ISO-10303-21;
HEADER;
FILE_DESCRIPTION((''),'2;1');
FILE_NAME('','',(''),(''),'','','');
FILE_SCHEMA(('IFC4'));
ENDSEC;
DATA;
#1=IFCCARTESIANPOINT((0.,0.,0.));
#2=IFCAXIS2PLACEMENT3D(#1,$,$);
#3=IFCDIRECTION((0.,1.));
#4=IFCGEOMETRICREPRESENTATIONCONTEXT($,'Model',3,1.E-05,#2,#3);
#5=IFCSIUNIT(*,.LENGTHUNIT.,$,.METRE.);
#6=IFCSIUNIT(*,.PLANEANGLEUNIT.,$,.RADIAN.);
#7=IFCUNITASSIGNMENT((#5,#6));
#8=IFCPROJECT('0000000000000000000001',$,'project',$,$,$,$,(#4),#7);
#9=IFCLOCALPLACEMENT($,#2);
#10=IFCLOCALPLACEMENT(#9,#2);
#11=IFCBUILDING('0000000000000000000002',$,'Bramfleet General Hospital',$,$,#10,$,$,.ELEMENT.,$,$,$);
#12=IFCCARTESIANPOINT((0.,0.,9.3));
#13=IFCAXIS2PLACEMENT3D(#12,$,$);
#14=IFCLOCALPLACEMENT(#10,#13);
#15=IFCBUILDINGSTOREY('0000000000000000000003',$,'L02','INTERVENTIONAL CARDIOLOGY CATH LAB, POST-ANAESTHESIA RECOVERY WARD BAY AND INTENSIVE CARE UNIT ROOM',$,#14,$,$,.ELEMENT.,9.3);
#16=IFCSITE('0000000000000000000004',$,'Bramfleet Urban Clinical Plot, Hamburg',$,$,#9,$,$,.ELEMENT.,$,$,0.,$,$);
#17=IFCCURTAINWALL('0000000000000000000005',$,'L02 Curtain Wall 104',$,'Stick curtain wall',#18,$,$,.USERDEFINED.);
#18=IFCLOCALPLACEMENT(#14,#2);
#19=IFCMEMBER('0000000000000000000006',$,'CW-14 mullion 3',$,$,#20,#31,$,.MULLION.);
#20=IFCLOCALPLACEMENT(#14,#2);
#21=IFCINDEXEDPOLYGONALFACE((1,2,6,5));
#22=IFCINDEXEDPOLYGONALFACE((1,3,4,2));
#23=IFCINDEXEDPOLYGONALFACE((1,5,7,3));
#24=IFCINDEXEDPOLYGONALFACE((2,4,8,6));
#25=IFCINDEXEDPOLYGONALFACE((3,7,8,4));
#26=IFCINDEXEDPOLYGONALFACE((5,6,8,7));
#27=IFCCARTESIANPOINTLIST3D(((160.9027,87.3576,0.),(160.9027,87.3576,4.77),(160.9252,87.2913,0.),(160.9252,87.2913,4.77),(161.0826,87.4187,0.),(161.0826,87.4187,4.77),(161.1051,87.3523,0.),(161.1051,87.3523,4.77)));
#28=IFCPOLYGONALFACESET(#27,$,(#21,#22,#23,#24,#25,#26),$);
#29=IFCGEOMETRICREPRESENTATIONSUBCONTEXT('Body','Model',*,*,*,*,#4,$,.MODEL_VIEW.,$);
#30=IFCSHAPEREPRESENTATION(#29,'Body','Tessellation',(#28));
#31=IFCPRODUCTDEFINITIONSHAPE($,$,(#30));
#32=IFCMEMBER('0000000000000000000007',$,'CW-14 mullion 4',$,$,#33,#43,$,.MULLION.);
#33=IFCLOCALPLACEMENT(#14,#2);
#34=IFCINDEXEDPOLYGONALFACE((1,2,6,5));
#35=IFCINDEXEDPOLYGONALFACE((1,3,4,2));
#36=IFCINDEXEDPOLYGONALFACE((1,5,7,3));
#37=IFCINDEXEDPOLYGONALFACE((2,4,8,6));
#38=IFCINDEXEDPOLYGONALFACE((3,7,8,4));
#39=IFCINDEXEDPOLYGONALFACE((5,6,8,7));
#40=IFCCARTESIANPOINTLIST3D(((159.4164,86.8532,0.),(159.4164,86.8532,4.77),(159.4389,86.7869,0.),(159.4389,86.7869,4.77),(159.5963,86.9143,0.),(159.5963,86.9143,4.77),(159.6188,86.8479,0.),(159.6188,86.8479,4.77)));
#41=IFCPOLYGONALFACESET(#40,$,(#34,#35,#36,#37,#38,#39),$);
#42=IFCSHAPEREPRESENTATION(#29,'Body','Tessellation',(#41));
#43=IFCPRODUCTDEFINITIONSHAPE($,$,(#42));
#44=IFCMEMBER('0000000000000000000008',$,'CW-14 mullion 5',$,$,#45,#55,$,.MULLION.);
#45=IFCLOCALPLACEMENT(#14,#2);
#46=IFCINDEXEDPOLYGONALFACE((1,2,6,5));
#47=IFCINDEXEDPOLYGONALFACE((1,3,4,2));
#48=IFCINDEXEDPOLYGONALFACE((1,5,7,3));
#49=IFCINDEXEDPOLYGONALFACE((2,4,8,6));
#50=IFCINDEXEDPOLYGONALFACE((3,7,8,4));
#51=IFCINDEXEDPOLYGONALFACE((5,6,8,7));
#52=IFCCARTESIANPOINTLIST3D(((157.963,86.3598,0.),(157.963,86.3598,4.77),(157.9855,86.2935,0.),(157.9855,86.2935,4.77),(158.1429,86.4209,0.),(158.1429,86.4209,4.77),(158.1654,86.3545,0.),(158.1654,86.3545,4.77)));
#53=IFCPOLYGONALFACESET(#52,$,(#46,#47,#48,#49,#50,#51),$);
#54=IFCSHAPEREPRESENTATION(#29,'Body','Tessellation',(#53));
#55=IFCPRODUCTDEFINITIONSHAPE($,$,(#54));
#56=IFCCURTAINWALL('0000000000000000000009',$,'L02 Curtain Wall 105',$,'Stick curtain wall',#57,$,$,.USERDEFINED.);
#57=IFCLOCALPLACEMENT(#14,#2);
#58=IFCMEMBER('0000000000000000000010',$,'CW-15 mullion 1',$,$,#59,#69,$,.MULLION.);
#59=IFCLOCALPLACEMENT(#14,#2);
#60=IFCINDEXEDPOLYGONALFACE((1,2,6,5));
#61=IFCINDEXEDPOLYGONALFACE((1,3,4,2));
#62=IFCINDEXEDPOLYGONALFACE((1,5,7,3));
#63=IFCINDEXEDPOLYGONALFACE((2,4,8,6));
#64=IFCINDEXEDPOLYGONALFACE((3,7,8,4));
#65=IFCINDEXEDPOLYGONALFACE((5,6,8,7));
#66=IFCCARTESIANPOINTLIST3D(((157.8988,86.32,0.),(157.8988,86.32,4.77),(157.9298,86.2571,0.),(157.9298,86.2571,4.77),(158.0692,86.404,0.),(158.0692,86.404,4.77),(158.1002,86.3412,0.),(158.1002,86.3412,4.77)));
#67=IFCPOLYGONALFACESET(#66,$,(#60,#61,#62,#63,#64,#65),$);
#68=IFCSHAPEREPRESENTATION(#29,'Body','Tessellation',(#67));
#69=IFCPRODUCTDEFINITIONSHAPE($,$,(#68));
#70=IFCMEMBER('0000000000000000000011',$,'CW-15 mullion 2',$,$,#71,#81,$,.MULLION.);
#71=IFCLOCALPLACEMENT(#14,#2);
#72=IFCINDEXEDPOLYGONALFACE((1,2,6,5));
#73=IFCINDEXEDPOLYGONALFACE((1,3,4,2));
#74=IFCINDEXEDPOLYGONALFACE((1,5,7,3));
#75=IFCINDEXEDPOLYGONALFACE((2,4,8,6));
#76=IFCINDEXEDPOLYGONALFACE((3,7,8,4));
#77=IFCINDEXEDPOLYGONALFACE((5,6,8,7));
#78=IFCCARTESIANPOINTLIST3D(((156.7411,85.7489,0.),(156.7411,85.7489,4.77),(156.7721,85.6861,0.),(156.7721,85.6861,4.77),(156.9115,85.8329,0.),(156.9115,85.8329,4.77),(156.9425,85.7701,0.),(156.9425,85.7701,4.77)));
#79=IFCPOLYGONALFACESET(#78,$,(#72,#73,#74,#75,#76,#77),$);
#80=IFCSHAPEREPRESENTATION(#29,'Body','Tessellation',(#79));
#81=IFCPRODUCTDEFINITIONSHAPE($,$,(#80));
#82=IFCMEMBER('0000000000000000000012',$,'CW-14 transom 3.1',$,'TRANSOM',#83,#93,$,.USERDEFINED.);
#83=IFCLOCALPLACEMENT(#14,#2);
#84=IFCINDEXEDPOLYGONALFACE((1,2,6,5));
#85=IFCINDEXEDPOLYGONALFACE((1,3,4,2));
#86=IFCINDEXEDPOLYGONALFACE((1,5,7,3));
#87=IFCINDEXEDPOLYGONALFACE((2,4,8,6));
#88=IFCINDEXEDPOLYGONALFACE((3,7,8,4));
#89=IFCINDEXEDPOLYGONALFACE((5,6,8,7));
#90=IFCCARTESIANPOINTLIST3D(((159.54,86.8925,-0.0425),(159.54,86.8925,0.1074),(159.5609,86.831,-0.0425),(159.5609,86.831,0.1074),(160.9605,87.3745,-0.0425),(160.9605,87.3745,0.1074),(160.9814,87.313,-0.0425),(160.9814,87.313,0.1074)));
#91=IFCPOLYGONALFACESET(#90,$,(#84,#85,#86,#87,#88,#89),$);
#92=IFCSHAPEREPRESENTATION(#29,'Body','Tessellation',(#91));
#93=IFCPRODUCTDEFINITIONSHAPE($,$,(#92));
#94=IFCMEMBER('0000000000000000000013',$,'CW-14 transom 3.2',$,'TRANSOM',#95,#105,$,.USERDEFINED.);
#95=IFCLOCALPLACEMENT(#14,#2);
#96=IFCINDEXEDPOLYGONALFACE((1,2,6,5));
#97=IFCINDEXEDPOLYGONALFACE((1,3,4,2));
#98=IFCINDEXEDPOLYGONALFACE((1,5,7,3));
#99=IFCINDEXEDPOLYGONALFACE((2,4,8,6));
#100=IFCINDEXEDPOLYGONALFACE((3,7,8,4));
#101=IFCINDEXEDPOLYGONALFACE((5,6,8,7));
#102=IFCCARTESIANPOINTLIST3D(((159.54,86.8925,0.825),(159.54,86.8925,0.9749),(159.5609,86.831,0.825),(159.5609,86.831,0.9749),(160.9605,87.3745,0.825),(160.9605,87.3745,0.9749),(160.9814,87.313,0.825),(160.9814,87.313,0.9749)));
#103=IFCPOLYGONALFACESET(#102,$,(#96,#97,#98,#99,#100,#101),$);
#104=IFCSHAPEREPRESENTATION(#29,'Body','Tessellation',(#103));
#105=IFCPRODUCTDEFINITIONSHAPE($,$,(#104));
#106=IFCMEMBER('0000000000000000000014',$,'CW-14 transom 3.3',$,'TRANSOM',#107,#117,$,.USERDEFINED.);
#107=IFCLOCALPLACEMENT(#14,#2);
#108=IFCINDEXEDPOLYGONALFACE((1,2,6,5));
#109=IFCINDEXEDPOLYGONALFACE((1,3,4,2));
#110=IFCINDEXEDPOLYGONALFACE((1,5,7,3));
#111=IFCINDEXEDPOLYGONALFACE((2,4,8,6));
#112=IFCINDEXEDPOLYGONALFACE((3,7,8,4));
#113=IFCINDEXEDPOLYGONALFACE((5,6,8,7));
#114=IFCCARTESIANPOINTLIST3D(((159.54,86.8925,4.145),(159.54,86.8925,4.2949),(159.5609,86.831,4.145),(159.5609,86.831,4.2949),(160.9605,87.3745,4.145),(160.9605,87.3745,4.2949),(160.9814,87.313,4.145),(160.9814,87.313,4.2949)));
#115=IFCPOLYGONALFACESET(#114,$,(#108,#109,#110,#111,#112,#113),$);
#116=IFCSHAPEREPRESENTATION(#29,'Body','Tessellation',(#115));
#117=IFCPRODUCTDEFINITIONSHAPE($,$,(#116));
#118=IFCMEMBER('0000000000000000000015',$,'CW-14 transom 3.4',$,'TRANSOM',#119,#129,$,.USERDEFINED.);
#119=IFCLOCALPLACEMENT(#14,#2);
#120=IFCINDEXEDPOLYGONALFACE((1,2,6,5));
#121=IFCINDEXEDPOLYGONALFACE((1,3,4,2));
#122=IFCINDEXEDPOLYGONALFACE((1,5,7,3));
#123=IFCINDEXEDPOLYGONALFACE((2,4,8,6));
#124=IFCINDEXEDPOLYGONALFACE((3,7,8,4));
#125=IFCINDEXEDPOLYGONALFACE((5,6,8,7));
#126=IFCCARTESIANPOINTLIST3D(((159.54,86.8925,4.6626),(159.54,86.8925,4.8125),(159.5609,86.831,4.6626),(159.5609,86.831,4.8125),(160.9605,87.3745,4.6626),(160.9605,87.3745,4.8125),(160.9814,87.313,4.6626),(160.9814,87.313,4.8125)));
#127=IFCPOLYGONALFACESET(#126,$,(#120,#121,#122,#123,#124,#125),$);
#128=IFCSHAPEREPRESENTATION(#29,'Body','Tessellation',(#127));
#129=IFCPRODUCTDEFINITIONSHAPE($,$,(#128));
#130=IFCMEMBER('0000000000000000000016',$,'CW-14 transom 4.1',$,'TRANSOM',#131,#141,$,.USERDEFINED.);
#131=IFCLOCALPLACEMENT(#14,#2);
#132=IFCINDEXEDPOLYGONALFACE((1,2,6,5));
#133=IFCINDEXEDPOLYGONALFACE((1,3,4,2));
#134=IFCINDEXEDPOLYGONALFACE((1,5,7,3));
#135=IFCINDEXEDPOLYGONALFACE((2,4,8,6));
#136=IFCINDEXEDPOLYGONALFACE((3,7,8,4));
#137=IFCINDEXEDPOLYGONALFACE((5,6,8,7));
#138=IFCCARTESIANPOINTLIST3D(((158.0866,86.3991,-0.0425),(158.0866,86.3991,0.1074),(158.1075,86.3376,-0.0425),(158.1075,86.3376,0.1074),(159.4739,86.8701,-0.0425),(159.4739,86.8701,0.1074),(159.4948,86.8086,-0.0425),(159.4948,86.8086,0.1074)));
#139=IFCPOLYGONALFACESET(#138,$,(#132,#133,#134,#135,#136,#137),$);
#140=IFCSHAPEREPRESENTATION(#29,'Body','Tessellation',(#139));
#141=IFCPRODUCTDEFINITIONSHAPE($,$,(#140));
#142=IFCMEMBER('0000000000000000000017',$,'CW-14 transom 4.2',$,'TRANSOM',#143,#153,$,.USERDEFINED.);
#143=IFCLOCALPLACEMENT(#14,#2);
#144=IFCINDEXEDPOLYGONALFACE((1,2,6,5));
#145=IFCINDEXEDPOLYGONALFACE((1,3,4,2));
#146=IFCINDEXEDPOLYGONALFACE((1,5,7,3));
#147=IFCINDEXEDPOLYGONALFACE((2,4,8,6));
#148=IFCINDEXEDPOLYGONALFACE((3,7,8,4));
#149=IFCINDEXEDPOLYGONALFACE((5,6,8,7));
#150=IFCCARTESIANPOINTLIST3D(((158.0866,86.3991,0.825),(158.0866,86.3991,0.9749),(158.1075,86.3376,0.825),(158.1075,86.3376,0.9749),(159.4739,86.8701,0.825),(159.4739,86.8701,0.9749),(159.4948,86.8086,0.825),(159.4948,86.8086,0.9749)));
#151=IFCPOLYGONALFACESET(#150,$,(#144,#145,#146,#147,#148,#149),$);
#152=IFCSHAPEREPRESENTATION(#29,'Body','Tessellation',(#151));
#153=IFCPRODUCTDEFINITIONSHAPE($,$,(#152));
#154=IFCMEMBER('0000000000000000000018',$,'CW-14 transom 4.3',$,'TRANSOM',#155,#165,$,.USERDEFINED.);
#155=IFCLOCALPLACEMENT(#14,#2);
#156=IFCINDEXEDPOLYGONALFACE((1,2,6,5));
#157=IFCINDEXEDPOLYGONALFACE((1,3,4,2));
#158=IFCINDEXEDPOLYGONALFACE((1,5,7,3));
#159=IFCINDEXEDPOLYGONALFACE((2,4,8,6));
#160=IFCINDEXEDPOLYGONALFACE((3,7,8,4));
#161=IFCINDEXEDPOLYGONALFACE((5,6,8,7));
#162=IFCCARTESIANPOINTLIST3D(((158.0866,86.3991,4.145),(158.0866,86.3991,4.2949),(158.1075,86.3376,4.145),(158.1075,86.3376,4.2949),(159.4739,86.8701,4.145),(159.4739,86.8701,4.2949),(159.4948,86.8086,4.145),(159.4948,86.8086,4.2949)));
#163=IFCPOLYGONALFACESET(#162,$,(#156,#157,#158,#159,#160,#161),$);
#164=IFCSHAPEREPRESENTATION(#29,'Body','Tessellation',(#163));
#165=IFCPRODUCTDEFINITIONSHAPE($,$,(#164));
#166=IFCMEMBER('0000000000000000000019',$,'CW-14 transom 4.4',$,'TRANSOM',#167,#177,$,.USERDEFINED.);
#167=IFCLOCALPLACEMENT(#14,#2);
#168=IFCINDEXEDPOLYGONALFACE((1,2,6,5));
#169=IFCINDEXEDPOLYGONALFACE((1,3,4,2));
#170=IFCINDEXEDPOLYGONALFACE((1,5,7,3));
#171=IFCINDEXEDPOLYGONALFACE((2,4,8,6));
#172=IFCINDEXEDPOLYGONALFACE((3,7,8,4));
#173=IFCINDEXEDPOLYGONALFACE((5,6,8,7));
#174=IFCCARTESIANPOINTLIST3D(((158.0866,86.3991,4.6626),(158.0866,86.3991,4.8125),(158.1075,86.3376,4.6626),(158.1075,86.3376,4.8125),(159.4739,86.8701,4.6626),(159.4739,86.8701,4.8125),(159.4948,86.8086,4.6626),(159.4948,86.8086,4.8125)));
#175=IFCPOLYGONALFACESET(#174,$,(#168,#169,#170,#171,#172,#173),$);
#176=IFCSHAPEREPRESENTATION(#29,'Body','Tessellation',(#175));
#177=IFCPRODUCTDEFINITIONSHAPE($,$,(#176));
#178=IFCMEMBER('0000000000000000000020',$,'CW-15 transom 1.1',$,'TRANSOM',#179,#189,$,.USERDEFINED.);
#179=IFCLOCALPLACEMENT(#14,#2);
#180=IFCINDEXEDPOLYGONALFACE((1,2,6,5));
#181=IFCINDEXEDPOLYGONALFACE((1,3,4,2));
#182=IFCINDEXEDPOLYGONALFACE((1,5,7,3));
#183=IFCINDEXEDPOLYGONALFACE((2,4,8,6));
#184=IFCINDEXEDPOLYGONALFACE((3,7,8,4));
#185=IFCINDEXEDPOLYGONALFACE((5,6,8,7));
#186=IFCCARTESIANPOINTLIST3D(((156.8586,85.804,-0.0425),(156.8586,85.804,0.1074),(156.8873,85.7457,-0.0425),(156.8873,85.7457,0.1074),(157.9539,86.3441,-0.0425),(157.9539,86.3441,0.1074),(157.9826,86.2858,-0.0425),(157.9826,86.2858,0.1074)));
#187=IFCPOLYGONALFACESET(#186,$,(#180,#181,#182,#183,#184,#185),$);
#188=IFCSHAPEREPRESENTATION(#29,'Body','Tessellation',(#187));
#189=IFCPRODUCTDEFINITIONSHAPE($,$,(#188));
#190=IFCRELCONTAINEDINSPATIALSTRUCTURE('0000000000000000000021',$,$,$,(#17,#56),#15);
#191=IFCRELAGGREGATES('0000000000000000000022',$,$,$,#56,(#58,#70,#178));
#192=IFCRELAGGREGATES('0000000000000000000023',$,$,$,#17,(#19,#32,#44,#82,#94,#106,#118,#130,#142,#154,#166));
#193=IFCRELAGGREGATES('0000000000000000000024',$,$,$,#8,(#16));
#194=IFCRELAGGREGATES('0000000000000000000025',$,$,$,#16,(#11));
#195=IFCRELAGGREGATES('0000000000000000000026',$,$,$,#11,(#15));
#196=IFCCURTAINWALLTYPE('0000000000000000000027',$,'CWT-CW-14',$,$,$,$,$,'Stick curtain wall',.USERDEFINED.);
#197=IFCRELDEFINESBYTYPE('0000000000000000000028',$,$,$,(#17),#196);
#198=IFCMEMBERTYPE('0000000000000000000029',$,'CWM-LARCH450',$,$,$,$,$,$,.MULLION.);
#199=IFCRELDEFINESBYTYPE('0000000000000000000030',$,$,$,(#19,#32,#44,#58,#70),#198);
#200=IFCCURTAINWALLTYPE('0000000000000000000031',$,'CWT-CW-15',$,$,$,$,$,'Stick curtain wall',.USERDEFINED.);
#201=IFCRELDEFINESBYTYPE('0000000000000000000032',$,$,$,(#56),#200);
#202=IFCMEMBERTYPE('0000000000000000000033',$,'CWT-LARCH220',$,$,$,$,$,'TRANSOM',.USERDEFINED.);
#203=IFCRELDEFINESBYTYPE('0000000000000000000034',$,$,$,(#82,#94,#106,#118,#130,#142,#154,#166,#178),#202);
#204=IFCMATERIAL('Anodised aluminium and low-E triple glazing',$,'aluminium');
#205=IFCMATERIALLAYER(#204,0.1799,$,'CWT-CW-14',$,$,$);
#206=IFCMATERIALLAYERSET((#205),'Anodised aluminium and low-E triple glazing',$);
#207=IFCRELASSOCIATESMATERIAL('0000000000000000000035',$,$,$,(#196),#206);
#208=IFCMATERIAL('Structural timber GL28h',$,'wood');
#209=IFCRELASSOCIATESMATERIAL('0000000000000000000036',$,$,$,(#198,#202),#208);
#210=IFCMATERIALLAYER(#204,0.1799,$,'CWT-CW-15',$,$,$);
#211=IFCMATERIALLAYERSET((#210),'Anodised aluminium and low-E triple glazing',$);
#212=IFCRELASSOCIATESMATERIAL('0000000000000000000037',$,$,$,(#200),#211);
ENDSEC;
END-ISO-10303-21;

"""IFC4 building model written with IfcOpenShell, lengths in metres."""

from ifc_helpers import new_model, si_unit, direction, frame, origin, origin_2d, place, context, subcontext, project, spatial, rectangle, extrude, material, layer, layer_set, material_profile, profile_set, type_object, element, aggregate, save


model = new_model("IFC4")

# Units and contexts
model_context = context("Model", 3, precision=1e-05, world=origin(), true_north=direction((0.0, 1.0)))
body_context = subcontext(model_context, "Body", "Model", "MODEL_VIEW")
ifc_project = project(units=[si_unit("LENGTHUNIT", "METRE"), si_unit("PLANEANGLEUNIT", "RADIAN")], contexts=[model_context])

# Site, building, storey
site_placement = place(None, origin())
site = spatial("IfcSite", under=ifc_project, at=site_placement, Name="Bramfleet Urban Clinical Plot, Hamburg", CompositionType="ELEMENT", RefElevation=0.0)
building_placement = place(site_placement, origin())
building = spatial("IfcBuilding", under=site, at=building_placement, Name="Bramfleet General Hospital", CompositionType="ELEMENT")
storey_placement = place(building_placement, frame((0.0, 0.0, 9.3)))
storey = spatial("IfcBuildingStorey", under=building, at=storey_placement, Name="L02", Description="INTERVENTIONAL CARDIOLOGY CATH LAB, POST-ANAESTHESIA RECOVERY WARD BAY AND INTENSIVE CARE UNIT ROOM", CompositionType="ELEMENT", Elevation=9.3)

# Curtain walls, members
ifc_material_1 = material(Name="Anodised aluminium and low-E triple glazing", Category="aluminium")
ifc_layer_1 = layer(ifc_material_1, 0.1799, Name="CWT-CW-14")
ifc_layer_set_1 = layer_set([ifc_layer_1], Name="Anodised aluminium and low-E triple glazing")
curtain_wall_type_1 = type_object("IfcCurtainWallType", Name="CWT-CW-14", ElementType="Stick curtain wall", PredefinedType="USERDEFINED", material=ifc_layer_set_1)
curtain_wall_1_placement = place(storey_placement, origin())
curtain_wall_1 = element("IfcCurtainWall", 1, at=curtain_wall_1_placement, inside=storey, type_object=curtain_wall_type_1, Name="L02 Curtain Wall 104", ObjectType="Stick curtain wall", PredefinedType="USERDEFINED")
ifc_material_2 = material(Name="Structural timber GL28h", Category="wood")
ifc_material_profile_1 = material_profile(ifc_material_2, rectangle(XDim=0.0701, YDim=0.1899, at=origin_2d()), Name="LARCH 190x70")
ifc_profile_set_1 = profile_set([ifc_material_profile_1], Name="Structural timber GL28h")
member_type_1 = type_object("IfcMemberType", Name="CWM-LARCH450", PredefinedType="MULLION", material=ifc_profile_set_1)
member_1_placement = place(storey_placement, frame((161.0039, 87.355, 0.0), z_axis=(0.0, 0.0, 1.0), x_axis=(0.321383, -0.946949, 0.0)))
member_1 = element("IfcMember", 2, at=member_1_placement, type_object=member_type_1, Name="CW-14 mullion 3", PredefinedType="MULLION", context=body_context, shape_type="SweptSolid", body=[
    extrude(rectangle(XDim=0.0701, YDim=0.1899, at=origin_2d()), origin(), (0.0, 0.0, 1.0), 4.77),
])
member_2_placement = place(storey_placement, frame((159.5176, 86.8506, 0.0), z_axis=(0.0, 0.0, 1.0), x_axis=(0.321383, -0.946949, 0.0)))
member_2 = element("IfcMember", 3, at=member_2_placement, type_object=member_type_1, Name="CW-14 mullion 4", PredefinedType="MULLION", context=body_context, shape_type="SweptSolid", body=[
    extrude(rectangle(XDim=0.0701, YDim=0.1899, at=origin_2d()), origin(), (0.0, 0.0, 1.0), 4.77),
])
member_3_placement = place(storey_placement, frame((158.0642, 86.3572, 0.0), z_axis=(0.0, 0.0, 1.0), x_axis=(0.321383, -0.946949, 0.0)))
member_3 = element("IfcMember", 4, at=member_3_placement, type_object=member_type_1, Name="CW-14 mullion 5", PredefinedType="MULLION", context=body_context, shape_type="SweptSolid", body=[
    extrude(rectangle(XDim=0.0701, YDim=0.1899, at=origin_2d()), origin(), (0.0, 0.0, 1.0), 4.77),
])
ifc_layer_2 = layer(ifc_material_1, 0.1799, Name="CWT-CW-15")
ifc_layer_set_2 = layer_set([ifc_layer_2], Name="Anodised aluminium and low-E triple glazing")
curtain_wall_type_2 = type_object("IfcCurtainWallType", Name="CWT-CW-15", ElementType="Stick curtain wall", PredefinedType="USERDEFINED", material=ifc_layer_set_2)
curtain_wall_2_placement = place(storey_placement, origin())
curtain_wall_2 = element("IfcCurtainWall", 5, at=curtain_wall_2_placement, inside=storey, type_object=curtain_wall_type_2, Name="L02 Curtain Wall 105", ObjectType="Stick curtain wall", PredefinedType="USERDEFINED")
member_4_placement = place(storey_placement, frame((157.9995, 86.3306, 0.0), z_axis=(0.0, 0.0, 1.0), x_axis=(0.442305, -0.896865, 0.0)))
member_4 = element("IfcMember", 6, at=member_4_placement, type_object=member_type_1, Name="CW-15 mullion 1", PredefinedType="MULLION", context=body_context, shape_type="SweptSolid", body=[
    extrude(rectangle(XDim=0.0701, YDim=0.1899, at=origin_2d()), origin(), (0.0, 0.0, 1.0), 4.77),
])
member_5_placement = place(storey_placement, frame((156.8418, 85.7595, 0.0), z_axis=(0.0, 0.0, 1.0), x_axis=(0.442305, -0.896865, 0.0)))
member_5 = element("IfcMember", 7, at=member_5_placement, type_object=member_type_1, Name="CW-15 mullion 2", PredefinedType="MULLION", context=body_context, shape_type="SweptSolid", body=[
    extrude(rectangle(XDim=0.0701, YDim=0.1899, at=origin_2d()), origin(), (0.0, 0.0, 1.0), 4.77),
])

# Members
ifc_material_profile_2 = material_profile(ifc_material_2, rectangle(XDim=0.0649, YDim=0.1499, at=origin_2d()), Name="LARCH 150x65")
ifc_profile_set_2 = profile_set([ifc_material_profile_2], Name="Structural timber GL28h")
member_type_2 = type_object("IfcMemberType", Name="CWT-LARCH220", ElementType="TRANSOM", PredefinedType="USERDEFINED", material=ifc_profile_set_2)
member_6_placement = place(storey_placement, frame((160.9709, 87.3438, 0.0325), z_axis=(-0.946977, -0.321302, 0.0), x_axis=(0.321302, -0.946977, 0.0)))
member_6 = element("IfcMember", 8, at=member_6_placement, type_object=member_type_2, Name="CW-14 transom 3.1", ObjectType="TRANSOM", PredefinedType="USERDEFINED", context=body_context, shape_type="SweptSolid", body=[
    extrude(rectangle(XDim=0.0649, YDim=0.1499, at=origin_2d()), origin(), (0.0, 0.0, 1.0), 1.5),
])
member_7_placement = place(storey_placement, frame((160.9709, 87.3438, 0.8999), z_axis=(-0.946977, -0.321302, 0.0), x_axis=(0.321302, -0.946977, 0.0)))
member_7 = element("IfcMember", 9, at=member_7_placement, type_object=member_type_2, Name="CW-14 transom 3.2", ObjectType="TRANSOM", PredefinedType="USERDEFINED", context=body_context, shape_type="SweptSolid", body=[
    extrude(rectangle(XDim=0.0649, YDim=0.1499, at=origin_2d()), origin(), (0.0, 0.0, 1.0), 1.5),
])
member_8_placement = place(storey_placement, frame((160.9709, 87.3438, 4.22), z_axis=(-0.946977, -0.321302, 0.0), x_axis=(0.321302, -0.946977, 0.0)))
member_8 = element("IfcMember", 10, at=member_8_placement, type_object=member_type_2, Name="CW-14 transom 3.3", ObjectType="TRANSOM", PredefinedType="USERDEFINED", context=body_context, shape_type="SweptSolid", body=[
    extrude(rectangle(XDim=0.0649, YDim=0.1499, at=origin_2d()), origin(), (0.0, 0.0, 1.0), 1.5),
])
member_9_placement = place(storey_placement, frame((160.9709, 87.3438, 4.7375), z_axis=(-0.946977, -0.321302, 0.0), x_axis=(0.321302, -0.946977, 0.0)))
member_9 = element("IfcMember", 11, at=member_9_placement, type_object=member_type_2, Name="CW-14 transom 3.4", ObjectType="TRANSOM", PredefinedType="USERDEFINED", context=body_context, shape_type="SweptSolid", body=[
    extrude(rectangle(XDim=0.0649, YDim=0.1499, at=origin_2d()), origin(), (0.0, 0.0, 1.0), 1.5),
])
member_10_placement = place(storey_placement, frame((159.4844, 86.8394, 0.0325), z_axis=(-0.946919, -0.321472, 0.0), x_axis=(0.321472, -0.946919, 0.0)))
member_10 = element("IfcMember", 12, at=member_10_placement, type_object=member_type_2, Name="CW-14 transom 4.1", ObjectType="TRANSOM", PredefinedType="USERDEFINED", context=body_context, shape_type="SweptSolid", body=[
    extrude(rectangle(XDim=0.0649, YDim=0.1499, at=origin_2d()), origin(), (0.0, 0.0, 1.0), 1.4651),
])
member_11_placement = place(storey_placement, frame((159.4844, 86.8394, 0.8999), z_axis=(-0.946919, -0.321472, 0.0), x_axis=(0.321472, -0.946919, 0.0)))
member_11 = element("IfcMember", 13, at=member_11_placement, type_object=member_type_2, Name="CW-14 transom 4.2", ObjectType="TRANSOM", PredefinedType="USERDEFINED", context=body_context, shape_type="SweptSolid", body=[
    extrude(rectangle(XDim=0.0649, YDim=0.1499, at=origin_2d()), origin(), (0.0, 0.0, 1.0), 1.4651),
])
member_12_placement = place(storey_placement, frame((159.4844, 86.8394, 4.22), z_axis=(-0.946919, -0.321472, 0.0), x_axis=(0.321472, -0.946919, 0.0)))
member_12 = element("IfcMember", 14, at=member_12_placement, type_object=member_type_2, Name="CW-14 transom 4.3", ObjectType="TRANSOM", PredefinedType="USERDEFINED", context=body_context, shape_type="SweptSolid", body=[
    extrude(rectangle(XDim=0.0649, YDim=0.1499, at=origin_2d()), origin(), (0.0, 0.0, 1.0), 1.4651),
])
member_13_placement = place(storey_placement, frame((159.4844, 86.8394, 4.7375), z_axis=(-0.946919, -0.321472, 0.0), x_axis=(0.321472, -0.946919, 0.0)))
member_13 = element("IfcMember", 15, at=member_13_placement, type_object=member_type_2, Name="CW-14 transom 4.4", ObjectType="TRANSOM", PredefinedType="USERDEFINED", context=body_context, shape_type="SweptSolid", body=[
    extrude(rectangle(XDim=0.0649, YDim=0.1499, at=origin_2d()), origin(), (0.0, 0.0, 1.0), 1.4651),
])
member_14_placement = place(storey_placement, frame((157.9683, 86.3149, 0.0325), z_axis=(-0.896893, -0.442248, 0.0), x_axis=(0.442248, -0.896893, 0.0)))
member_14 = element("IfcMember", 16, at=member_14_placement, type_object=member_type_2, Name="CW-15 transom 1.1", ObjectType="TRANSOM", PredefinedType="USERDEFINED", context=body_context, shape_type="SweptSolid", body=[
    extrude(rectangle(XDim=0.0649, YDim=0.1499, at=origin_2d()), origin(), (0.0, 0.0, 1.0), 1.2212),
])

aggregate(curtain_wall_2, [member_4, member_5, member_14])
aggregate(curtain_wall_1, [member_1, member_2, member_3, member_6, member_7, member_8, member_9, member_10, member_11, member_12, member_13])

save(model, "model.ifc")
